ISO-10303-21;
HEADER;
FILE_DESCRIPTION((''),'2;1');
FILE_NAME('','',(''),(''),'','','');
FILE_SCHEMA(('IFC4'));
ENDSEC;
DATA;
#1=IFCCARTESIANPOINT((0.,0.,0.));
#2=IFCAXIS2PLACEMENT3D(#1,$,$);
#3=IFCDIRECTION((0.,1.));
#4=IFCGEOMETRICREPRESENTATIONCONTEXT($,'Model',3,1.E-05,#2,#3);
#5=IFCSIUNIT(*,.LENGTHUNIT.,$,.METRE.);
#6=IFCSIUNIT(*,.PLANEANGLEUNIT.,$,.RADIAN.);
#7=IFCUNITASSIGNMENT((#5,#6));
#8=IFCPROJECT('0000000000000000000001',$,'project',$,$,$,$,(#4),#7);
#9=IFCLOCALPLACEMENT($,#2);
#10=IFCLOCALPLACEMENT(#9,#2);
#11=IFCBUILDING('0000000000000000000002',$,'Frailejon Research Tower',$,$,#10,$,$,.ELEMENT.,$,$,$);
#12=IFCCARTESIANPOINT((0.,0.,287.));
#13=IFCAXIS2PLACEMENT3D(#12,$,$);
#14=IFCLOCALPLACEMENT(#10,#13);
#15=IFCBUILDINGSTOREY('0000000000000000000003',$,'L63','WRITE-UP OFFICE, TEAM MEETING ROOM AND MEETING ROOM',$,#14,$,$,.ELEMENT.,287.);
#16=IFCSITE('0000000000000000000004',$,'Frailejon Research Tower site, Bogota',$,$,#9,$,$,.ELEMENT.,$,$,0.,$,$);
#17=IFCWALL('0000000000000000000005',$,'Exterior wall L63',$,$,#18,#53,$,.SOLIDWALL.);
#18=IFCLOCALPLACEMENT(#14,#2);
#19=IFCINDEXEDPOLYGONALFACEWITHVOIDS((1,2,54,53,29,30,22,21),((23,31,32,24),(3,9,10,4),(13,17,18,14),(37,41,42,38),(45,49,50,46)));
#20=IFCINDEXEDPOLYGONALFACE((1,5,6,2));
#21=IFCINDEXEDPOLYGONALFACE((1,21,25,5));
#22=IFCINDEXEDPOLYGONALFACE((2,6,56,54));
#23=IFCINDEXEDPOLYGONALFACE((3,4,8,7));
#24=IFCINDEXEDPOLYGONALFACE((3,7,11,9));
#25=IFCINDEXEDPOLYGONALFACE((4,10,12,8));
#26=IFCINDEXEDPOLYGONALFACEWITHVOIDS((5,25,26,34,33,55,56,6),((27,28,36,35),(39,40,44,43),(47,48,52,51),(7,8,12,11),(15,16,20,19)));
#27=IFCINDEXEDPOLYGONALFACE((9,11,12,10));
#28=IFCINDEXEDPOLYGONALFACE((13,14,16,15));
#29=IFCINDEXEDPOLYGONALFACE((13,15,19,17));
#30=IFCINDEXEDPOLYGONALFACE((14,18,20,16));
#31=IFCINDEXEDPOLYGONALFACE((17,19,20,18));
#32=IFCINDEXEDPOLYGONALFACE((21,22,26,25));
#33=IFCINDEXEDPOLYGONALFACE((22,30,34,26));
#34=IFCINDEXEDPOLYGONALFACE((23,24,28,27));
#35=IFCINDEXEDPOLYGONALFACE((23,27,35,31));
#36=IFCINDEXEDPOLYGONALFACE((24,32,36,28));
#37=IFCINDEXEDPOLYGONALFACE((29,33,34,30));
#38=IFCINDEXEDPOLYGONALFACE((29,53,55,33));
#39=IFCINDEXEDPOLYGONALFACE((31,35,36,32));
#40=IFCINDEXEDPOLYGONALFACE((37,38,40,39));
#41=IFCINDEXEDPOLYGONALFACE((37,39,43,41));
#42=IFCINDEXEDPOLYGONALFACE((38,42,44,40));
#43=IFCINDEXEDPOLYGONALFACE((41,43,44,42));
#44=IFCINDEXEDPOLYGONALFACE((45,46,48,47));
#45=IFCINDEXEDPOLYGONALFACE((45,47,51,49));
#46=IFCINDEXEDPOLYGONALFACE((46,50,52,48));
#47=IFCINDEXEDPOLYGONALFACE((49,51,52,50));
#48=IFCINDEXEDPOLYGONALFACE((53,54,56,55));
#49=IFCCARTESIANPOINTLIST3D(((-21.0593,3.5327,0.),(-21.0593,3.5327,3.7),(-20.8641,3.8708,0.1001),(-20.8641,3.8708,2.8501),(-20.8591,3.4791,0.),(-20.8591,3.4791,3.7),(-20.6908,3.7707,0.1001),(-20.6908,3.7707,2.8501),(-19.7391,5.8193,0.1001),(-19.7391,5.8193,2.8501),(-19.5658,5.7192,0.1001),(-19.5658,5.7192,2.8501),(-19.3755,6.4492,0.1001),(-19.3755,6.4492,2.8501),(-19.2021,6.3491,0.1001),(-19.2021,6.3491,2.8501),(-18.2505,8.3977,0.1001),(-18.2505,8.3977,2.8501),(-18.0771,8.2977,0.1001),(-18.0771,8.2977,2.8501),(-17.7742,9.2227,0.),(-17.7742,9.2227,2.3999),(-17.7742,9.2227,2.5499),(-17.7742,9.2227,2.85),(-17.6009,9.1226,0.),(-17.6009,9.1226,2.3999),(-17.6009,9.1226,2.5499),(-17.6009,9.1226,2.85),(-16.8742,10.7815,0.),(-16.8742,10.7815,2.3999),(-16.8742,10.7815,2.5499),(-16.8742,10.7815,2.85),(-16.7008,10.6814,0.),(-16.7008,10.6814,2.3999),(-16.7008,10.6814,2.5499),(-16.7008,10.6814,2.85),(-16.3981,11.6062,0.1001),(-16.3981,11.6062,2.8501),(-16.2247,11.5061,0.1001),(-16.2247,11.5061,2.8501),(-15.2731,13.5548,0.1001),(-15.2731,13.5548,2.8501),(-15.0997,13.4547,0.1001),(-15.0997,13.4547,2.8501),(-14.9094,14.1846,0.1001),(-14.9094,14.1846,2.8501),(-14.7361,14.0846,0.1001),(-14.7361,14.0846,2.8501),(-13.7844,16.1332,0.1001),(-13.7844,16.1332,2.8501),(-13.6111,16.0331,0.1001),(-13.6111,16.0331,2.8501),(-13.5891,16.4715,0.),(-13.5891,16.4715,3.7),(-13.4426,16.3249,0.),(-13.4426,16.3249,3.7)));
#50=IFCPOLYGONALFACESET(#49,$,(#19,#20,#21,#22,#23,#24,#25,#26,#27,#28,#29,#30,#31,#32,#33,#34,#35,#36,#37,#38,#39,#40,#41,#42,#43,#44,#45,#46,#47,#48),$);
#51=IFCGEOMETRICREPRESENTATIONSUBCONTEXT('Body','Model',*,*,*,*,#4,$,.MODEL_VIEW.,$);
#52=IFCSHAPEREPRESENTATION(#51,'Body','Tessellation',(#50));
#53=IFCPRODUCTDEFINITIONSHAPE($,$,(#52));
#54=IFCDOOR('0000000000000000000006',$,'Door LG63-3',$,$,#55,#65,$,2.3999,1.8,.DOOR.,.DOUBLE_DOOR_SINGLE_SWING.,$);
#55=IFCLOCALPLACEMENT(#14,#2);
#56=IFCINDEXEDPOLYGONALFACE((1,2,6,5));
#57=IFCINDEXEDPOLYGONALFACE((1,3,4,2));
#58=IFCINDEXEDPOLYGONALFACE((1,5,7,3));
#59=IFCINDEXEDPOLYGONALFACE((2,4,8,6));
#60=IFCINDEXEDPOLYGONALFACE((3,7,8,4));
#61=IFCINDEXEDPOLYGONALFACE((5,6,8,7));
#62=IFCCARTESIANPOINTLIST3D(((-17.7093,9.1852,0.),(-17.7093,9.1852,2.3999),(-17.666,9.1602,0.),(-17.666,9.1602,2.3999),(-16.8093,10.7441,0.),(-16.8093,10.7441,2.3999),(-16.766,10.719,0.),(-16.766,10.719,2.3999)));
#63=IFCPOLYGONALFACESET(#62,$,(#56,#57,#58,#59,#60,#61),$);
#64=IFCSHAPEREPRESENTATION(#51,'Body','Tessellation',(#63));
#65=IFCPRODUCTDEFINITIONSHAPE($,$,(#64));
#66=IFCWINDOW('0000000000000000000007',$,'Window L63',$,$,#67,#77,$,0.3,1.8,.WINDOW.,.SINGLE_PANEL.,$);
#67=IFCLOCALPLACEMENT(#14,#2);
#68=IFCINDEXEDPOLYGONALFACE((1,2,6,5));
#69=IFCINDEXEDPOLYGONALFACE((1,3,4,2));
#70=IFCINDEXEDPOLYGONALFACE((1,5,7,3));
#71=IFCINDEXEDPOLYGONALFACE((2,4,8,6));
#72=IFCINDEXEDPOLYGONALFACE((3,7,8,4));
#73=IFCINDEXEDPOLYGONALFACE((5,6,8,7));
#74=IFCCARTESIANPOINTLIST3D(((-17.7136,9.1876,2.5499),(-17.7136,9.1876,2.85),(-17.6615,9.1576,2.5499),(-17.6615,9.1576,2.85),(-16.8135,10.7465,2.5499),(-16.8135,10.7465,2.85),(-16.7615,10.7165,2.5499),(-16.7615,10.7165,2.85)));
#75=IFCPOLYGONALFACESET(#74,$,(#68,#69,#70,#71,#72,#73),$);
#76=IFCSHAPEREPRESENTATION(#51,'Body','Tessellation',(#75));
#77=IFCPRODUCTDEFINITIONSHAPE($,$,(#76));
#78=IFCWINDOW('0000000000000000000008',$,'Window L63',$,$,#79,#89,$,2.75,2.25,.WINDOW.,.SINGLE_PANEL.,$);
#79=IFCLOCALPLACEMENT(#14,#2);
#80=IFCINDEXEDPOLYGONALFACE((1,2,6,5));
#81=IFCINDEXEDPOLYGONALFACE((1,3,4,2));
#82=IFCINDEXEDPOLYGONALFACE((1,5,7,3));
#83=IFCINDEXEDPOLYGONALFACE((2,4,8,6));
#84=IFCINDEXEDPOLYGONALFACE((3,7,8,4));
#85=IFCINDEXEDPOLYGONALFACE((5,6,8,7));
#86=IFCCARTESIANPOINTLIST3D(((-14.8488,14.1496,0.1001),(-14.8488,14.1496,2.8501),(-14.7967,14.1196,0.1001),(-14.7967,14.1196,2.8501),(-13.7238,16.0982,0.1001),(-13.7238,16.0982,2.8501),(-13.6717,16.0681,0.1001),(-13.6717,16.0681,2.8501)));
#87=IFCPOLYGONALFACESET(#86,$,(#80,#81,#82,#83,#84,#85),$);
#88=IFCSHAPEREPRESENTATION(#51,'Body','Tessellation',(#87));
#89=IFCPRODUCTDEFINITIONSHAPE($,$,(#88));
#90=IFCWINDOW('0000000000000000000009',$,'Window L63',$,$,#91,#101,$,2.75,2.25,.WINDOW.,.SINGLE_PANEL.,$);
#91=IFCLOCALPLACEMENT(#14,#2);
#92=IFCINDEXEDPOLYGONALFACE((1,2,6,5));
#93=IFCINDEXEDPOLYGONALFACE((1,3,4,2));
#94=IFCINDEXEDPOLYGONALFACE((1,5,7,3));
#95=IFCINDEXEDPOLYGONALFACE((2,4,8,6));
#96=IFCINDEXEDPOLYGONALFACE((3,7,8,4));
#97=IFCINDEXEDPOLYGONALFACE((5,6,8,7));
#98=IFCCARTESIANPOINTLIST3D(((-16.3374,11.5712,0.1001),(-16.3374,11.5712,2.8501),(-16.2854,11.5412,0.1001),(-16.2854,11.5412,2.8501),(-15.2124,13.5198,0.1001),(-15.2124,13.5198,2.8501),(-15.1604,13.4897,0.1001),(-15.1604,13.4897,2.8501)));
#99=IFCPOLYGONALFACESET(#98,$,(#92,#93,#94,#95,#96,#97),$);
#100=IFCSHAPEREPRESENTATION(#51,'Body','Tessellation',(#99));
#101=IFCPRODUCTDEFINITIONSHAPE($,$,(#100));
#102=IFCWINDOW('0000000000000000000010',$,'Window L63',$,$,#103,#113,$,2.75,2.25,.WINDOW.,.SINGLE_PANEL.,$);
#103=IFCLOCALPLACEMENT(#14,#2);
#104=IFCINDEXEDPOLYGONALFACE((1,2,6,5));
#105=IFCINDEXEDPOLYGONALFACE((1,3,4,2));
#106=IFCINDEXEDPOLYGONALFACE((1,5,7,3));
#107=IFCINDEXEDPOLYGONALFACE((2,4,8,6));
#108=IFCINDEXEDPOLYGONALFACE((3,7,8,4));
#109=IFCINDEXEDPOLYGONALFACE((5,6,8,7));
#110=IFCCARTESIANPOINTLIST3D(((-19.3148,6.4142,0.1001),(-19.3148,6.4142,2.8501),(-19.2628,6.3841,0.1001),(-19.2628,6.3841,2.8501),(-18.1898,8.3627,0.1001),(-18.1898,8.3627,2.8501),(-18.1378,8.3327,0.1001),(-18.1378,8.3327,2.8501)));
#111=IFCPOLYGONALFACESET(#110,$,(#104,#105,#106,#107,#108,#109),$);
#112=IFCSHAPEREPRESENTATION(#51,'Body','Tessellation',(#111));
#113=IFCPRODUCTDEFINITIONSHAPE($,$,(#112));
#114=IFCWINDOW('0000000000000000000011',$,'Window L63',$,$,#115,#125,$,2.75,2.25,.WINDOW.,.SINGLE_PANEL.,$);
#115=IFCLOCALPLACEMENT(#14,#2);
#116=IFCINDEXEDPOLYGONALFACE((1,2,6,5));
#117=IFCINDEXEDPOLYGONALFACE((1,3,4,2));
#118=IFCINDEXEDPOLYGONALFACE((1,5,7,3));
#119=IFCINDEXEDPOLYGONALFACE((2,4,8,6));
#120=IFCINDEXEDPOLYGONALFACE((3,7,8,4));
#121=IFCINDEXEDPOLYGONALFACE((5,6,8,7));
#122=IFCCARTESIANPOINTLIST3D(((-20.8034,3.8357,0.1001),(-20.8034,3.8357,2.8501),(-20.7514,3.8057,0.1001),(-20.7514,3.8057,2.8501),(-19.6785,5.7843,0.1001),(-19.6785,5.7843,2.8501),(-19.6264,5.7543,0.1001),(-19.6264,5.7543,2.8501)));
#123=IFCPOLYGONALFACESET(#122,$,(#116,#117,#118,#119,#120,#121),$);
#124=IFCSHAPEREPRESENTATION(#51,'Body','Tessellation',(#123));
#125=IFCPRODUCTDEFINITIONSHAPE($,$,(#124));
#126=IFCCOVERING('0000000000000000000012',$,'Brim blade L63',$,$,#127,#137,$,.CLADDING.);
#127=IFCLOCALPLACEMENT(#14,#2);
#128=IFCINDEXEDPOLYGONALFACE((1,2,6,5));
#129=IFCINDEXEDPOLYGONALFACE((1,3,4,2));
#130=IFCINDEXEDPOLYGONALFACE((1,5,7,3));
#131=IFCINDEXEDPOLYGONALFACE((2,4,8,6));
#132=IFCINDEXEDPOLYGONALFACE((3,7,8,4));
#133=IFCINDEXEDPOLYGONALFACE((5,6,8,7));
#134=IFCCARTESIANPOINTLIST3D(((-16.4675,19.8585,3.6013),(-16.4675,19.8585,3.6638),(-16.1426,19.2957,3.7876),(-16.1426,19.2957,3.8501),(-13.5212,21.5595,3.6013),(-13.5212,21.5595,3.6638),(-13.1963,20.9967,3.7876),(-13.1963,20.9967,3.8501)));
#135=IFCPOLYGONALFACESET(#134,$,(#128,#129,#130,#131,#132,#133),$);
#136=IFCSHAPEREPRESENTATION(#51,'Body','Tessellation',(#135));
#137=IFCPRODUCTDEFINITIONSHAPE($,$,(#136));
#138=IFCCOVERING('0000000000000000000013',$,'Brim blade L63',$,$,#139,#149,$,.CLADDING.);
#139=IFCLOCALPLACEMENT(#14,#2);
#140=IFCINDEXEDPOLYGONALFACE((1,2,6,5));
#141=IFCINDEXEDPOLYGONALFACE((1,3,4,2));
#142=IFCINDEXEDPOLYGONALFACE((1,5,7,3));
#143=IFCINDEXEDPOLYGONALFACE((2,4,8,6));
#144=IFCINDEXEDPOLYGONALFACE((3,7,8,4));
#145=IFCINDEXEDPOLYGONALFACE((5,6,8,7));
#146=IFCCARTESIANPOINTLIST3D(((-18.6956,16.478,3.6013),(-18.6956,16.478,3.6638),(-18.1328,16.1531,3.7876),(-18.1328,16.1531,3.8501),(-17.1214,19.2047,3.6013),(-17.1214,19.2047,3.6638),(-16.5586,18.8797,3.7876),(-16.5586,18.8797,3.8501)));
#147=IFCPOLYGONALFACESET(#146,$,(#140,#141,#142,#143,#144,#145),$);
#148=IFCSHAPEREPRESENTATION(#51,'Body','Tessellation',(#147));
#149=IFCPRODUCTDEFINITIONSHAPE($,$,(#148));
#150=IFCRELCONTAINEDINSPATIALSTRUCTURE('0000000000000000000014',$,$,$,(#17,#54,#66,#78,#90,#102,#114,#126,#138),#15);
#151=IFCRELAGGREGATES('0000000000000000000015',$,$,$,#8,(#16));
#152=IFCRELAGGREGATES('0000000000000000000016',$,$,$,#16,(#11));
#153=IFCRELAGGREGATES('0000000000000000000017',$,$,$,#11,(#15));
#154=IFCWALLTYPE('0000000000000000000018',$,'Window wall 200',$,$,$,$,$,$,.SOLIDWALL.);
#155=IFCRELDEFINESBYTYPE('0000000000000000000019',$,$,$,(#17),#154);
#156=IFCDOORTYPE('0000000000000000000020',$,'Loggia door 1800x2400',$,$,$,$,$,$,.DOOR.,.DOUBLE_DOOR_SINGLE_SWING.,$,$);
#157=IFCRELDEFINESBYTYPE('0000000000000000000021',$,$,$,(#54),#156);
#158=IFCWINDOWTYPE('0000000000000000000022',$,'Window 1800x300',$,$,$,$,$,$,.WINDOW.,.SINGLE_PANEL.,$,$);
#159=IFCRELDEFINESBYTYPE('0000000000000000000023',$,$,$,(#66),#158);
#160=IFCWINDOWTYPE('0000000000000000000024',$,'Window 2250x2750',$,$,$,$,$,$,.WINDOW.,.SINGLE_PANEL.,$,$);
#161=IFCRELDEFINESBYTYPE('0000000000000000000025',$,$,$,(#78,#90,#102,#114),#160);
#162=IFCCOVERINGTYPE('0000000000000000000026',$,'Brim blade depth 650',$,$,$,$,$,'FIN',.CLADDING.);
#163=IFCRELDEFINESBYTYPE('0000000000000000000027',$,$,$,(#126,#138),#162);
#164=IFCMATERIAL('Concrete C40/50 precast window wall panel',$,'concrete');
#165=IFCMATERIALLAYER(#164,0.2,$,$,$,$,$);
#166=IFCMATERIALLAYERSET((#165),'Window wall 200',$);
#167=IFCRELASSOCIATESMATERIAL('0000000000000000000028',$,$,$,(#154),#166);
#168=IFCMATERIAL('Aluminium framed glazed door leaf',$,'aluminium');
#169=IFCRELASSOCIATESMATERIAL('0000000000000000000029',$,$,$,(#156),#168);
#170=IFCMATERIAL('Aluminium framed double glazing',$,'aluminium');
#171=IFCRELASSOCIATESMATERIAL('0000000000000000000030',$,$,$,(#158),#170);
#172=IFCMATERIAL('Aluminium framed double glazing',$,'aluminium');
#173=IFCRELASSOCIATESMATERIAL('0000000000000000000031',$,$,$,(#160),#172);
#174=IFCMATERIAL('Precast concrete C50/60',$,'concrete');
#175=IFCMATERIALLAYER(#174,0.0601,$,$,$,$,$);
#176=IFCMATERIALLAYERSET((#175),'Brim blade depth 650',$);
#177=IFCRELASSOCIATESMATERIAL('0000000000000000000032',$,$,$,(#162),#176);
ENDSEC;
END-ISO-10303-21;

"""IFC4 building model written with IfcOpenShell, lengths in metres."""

from ifc_helpers import new_model, si_unit, direction, frame, frame_2d, origin, place, context, subcontext, project, spatial, polyline, rectangle, outline, extrude, material, layer, layer_set, type_object, element, fill, save


model = new_model("IFC4")

# Units and contexts
model_context = context("Model", 3, precision=1e-05, world=origin(), true_north=direction((0.0, 1.0)))
body_context = subcontext(model_context, "Body", "Model", "MODEL_VIEW")
ifc_project = project(units=[si_unit("LENGTHUNIT", "METRE"), si_unit("PLANEANGLEUNIT", "RADIAN")], contexts=[model_context])

# Site, building, storey
site_placement = place(None, origin())
site = spatial("IfcSite", under=ifc_project, at=site_placement, Name="Frailejon Research Tower site, Bogota", CompositionType="ELEMENT", RefElevation=0.0)
building_placement = place(site_placement, origin())
building = spatial("IfcBuilding", under=site, at=building_placement, Name="Frailejon Research Tower", CompositionType="ELEMENT")
storey_placement = place(building_placement, frame((0.0, 0.0, 287.0)))
storey = spatial("IfcBuildingStorey", under=building, at=storey_placement, Name="L63", Description="WRITE-UP OFFICE, TEAM MEETING ROOM AND MEETING ROOM", CompositionType="ELEMENT", Elevation=287.0)

# Wall, openings, door, windows
ifc_material_1 = material(Name="Concrete C40/50 precast window wall panel", Category="concrete")
ifc_layer_1 = layer(ifc_material_1, 0.2)
ifc_layer_set_1 = layer_set([ifc_layer_1], Name="Window wall 200")
wall_type_1 = type_object("IfcWallType", Name="Window wall 200", PredefinedType="SOLIDWALL", material=ifc_layer_set_1)
wall_1_placement = place(storey_placement, frame((-13.5159, 16.3982, 0.0), z_axis=(0.0, 0.0, 1.0), x_axis=(-0.499998, -0.866026, 0.0)))
wall_1 = element("IfcWall", 1, at=wall_1_placement, inside=storey, type_object=wall_type_1, Name="Exterior wall L63", PredefinedType="SOLIDWALL", context=body_context, shape_type="SweptSolid", body=[
    extrude(outline(polyline([(-0.0269, -0.1001), (1.0403, -0.1001), (2.1074, -0.1001), (3.1746, -0.1001), (4.2419, -0.1001), (5.3091, -0.1001), (6.3762, -0.1001), (7.4434, -0.1001), (8.5105, -0.1001), (9.5776, -0.1001), (10.6448, -0.1001), (11.7122, -0.1001), (12.7793, -0.1001), (13.8464, -0.1001), (14.9136, -0.1001), (14.8599, 0.1001), (13.8003, 0.1001), (12.741, 0.1001), (11.6814, 0.1001), (10.6218, 0.1001), (9.5623, 0.1001), (8.5029, 0.1001), (7.4434, 0.1001), (6.3838, 0.1001), (5.3245, 0.1001), (4.2649, 0.1001), (3.2053, 0.1001), (2.1458, 0.1001), (1.0864, 0.1001), (0.0269, 0.1001), (-0.0269, -0.1001)])), origin(), (0.0, 0.0, 1.0), 3.7),
])
opening_1_placement = place(wall_1_placement, frame((0.3638, 0.0, 0.1001)))
opening_1 = element("IfcOpeningElement", 2, at=opening_1_placement, cuts=wall_1, PredefinedType="OPENING", context=body_context, shape_type="SweptSolid", body=[
    extrude(rectangle(XDim=2.25, YDim=2.75, at=frame_2d((1.125, 1.375))), frame((0.0, 0.1099, 0.0), z_axis=(0.0, -1.0, 0.0), x_axis=(1.0, 0.0, 0.0)), (0.0, 0.0, 1.0), 0.22),
])
opening_2_placement = place(wall_1_placement, frame((3.3411, 0.0, 0.1001)))
opening_2 = element("IfcOpeningElement", 3, at=opening_2_placement, cuts=wall_1, PredefinedType="OPENING", context=body_context, shape_type="SweptSolid", body=[
    extrude(rectangle(XDim=2.25, YDim=2.75, at=frame_2d((1.125, 1.375))), frame((0.0, 0.1099, 0.0), z_axis=(0.0, -1.0, 0.0), x_axis=(1.0, 0.0, 0.0)), (0.0, 0.0, 1.0), 0.22),
])
opening_3_placement = place(wall_1_placement, frame((6.5435, 0.0, 0.0)))
opening_3 = element("IfcOpeningElement", 4, at=opening_3_placement, cuts=wall_1, PredefinedType="OPENING", context=body_context, shape_type="SweptSolid", body=[
    extrude(rectangle(XDim=1.8, YDim=2.3999, at=frame_2d((0.8999, 1.2))), frame((0.0, 0.1099, 0.0), z_axis=(0.0, -1.0, 0.0), x_axis=(1.0, 0.0, 0.0)), (0.0, 0.0, 1.0), 0.22),
])
opening_4_placement = place(wall_1_placement, frame((6.5435, 0.0, 2.55)))
opening_4 = element("IfcOpeningElement", 5, at=opening_4_placement, cuts=wall_1, PredefinedType="OPENING", context=body_context, shape_type="SweptSolid", body=[
    extrude(rectangle(XDim=1.8, YDim=0.3, at=frame_2d((0.8999, 0.1499))), frame((0.0, 0.1099, 0.0), z_axis=(0.0, -1.0, 0.0), x_axis=(1.0, 0.0, 0.0)), (0.0, 0.0, 1.0), 0.22),
])
opening_5_placement = place(wall_1_placement, frame((9.2959, 0.0, 0.1001)))
opening_5 = element("IfcOpeningElement", 6, at=opening_5_placement, cuts=wall_1, PredefinedType="OPENING", context=body_context, shape_type="SweptSolid", body=[
    extrude(rectangle(XDim=2.25, YDim=2.75, at=frame_2d((1.125, 1.375))), frame((0.0, 0.1099, 0.0), z_axis=(0.0, -1.0, 0.0), x_axis=(1.0, 0.0, 0.0)), (0.0, 0.0, 1.0), 0.22),
])
opening_6_placement = place(wall_1_placement, frame((12.2732, 0.0, 0.1001)))
opening_6 = element("IfcOpeningElement", 7, at=opening_6_placement, cuts=wall_1, PredefinedType="OPENING", context=body_context, shape_type="SweptSolid", body=[
    extrude(rectangle(XDim=2.25, YDim=2.75, at=frame_2d((1.125, 1.375))), frame((0.0, 0.1099, 0.0), z_axis=(0.0, -1.0, 0.0), x_axis=(1.0, 0.0, 0.0)), (0.0, 0.0, 1.0), 0.22),
])
ifc_material_2 = material(Name="Aluminium framed glazed door leaf", Category="aluminium")
door_type_1 = type_object("IfcDoorType", Name="Loggia door 1800x2400", OperationType="DOUBLE_DOOR_SINGLE_SWING", PredefinedType="DOOR", material=ifc_material_2)
door_1_placement = place(opening_3_placement, origin())
door_1 = element("IfcDoor", 8, at=door_1_placement, inside=storey, type_object=door_type_1, Name="Door LG63-3", OperationType="DOUBLE_DOOR_SINGLE_SWING", OverallHeight=2.3999, OverallWidth=1.8, PredefinedType="DOOR", context=body_context, shape_type="SweptSolid", body=[
    extrude(rectangle(XDim=1.8, YDim=2.3999, at=frame_2d((0.8999, 1.2))), frame((0.0, 0.0249, 0.0), z_axis=(0.0, -1.0, 0.0), x_axis=(1.0, 0.0, 0.0)), (0.0, 0.0, 1.0), 0.05),
])
fill(opening_3, door_1)
ifc_material_3 = material(Name="Aluminium framed double glazing", Category="aluminium")
window_type_1 = type_object("IfcWindowType", Name="Window 1800x300", PartitioningType="SINGLE_PANEL", PredefinedType="WINDOW", material=ifc_material_3)
window_1_placement = place(opening_4_placement, origin())
window_1 = element("IfcWindow", 9, at=window_1_placement, inside=storey, type_object=window_type_1, Name="Window L63", OverallHeight=0.3, OverallWidth=1.8, PartitioningType="SINGLE_PANEL", PredefinedType="WINDOW", context=body_context, shape_type="SweptSolid", body=[
    extrude(rectangle(XDim=1.8, YDim=0.3, at=frame_2d((0.8999, 0.1499))), frame((0.0, 0.03, 0.0), z_axis=(0.0, -1.0, 0.0), x_axis=(1.0, 0.0, 0.0)), (0.0, 0.0, 1.0), 0.0601),
])
fill(opening_4, window_1)
ifc_material_4 = material(Name="Aluminium framed double glazing", Category="aluminium")
window_type_2 = type_object("IfcWindowType", Name="Window 2250x2750", PartitioningType="SINGLE_PANEL", PredefinedType="WINDOW", material=ifc_material_4)
window_2_placement = place(opening_1_placement, origin())
window_2 = element("IfcWindow", 10, at=window_2_placement, inside=storey, type_object=window_type_2, Name="Window L63", OverallHeight=2.75, OverallWidth=2.25, PartitioningType="SINGLE_PANEL", PredefinedType="WINDOW", context=body_context, shape_type="SweptSolid", body=[
    extrude(rectangle(XDim=2.25, YDim=2.75, at=frame_2d((1.125, 1.375))), frame((0.0, 0.03, 0.0), z_axis=(0.0, -1.0, 0.0), x_axis=(1.0, 0.0, 0.0)), (0.0, 0.0, 1.0), 0.0601),
])
fill(opening_1, window_2)
window_3_placement = place(opening_2_placement, origin())
window_3 = element("IfcWindow", 11, at=window_3_placement, inside=storey, type_object=window_type_2, Name="Window L63", OverallHeight=2.75, OverallWidth=2.25, PartitioningType="SINGLE_PANEL", PredefinedType="WINDOW", context=body_context, shape_type="SweptSolid", body=[
    extrude(rectangle(XDim=2.25, YDim=2.75, at=frame_2d((1.125, 1.375))), frame((0.0, 0.03, 0.0), z_axis=(0.0, -1.0, 0.0), x_axis=(1.0, 0.0, 0.0)), (0.0, 0.0, 1.0), 0.0601),
])
fill(opening_2, window_3)
window_4_placement = place(opening_5_placement, origin())
window_4 = element("IfcWindow", 12, at=window_4_placement, inside=storey, type_object=window_type_2, Name="Window L63", OverallHeight=2.75, OverallWidth=2.25, PartitioningType="SINGLE_PANEL", PredefinedType="WINDOW", context=body_context, shape_type="SweptSolid", body=[
    extrude(rectangle(XDim=2.25, YDim=2.75, at=frame_2d((1.125, 1.375))), frame((0.0, 0.03, 0.0), z_axis=(0.0, -1.0, 0.0), x_axis=(1.0, 0.0, 0.0)), (0.0, 0.0, 1.0), 0.0601),
])
fill(opening_5, window_4)
window_5_placement = place(opening_6_placement, origin())
window_5 = element("IfcWindow", 13, at=window_5_placement, inside=storey, type_object=window_type_2, Name="Window L63", OverallHeight=2.75, OverallWidth=2.25, PartitioningType="SINGLE_PANEL", PredefinedType="WINDOW", context=body_context, shape_type="SweptSolid", body=[
    extrude(rectangle(XDim=2.25, YDim=2.75, at=frame_2d((1.125, 1.375))), frame((0.0, 0.03, 0.0), z_axis=(0.0, -1.0, 0.0), x_axis=(1.0, 0.0, 0.0)), (0.0, 0.0, 1.0), 0.0601),
])
fill(opening_6, window_5)

# Coverings
ifc_material_5 = material(Name="Precast concrete C50/60", Category="concrete")
ifc_layer_2 = layer(ifc_material_5, 0.0601)
ifc_layer_set_2 = layer_set([ifc_layer_2], Name="Brim blade depth 650")
covering_type_1 = type_object("IfcCoveringType", Name="Brim blade depth 650", ElementType="FIN", PredefinedType="CLADDING", material=ifc_layer_set_2)
covering_1_placement = place(storey_placement, frame((-16.1426, 19.2957, 3.8501), z_axis=(0.866024, 0.500003, 0.0), x_axis=(-0.500003, 0.866024, 0.0)))
element("IfcCovering", 14, at=covering_1_placement, inside=storey, type_object=covering_type_1, Name="Brim blade L63", PredefinedType="CLADDING", context=body_context, shape_type="SweptSolid", body=[
    extrude(outline(polyline([(0.0, -0.0625), (0.6499, -0.2488), (0.6499, -0.1863), (0.0, 0.0), (0.0, -0.0625)])), origin(), (0.0, 0.0, 1.0), 3.4021),
])
covering_2_placement = place(storey_placement, frame((-18.1328, 16.1531, 3.8501), z_axis=(0.5, 0.866026, 0.0), x_axis=(-0.866026, 0.5, 0.0)))
element("IfcCovering", 15, at=covering_2_placement, inside=storey, type_object=covering_type_1, Name="Brim blade L63", PredefinedType="CLADDING", context=body_context, shape_type="SweptSolid", body=[
    extrude(outline(polyline([(0.0, -0.0625), (0.6499, -0.2488), (0.6499, -0.1863), (0.0, 0.0), (0.0, -0.0625)])), origin(), (0.0, 0.0, 1.0), 3.1484),
])

save(model, "model.ifc")
